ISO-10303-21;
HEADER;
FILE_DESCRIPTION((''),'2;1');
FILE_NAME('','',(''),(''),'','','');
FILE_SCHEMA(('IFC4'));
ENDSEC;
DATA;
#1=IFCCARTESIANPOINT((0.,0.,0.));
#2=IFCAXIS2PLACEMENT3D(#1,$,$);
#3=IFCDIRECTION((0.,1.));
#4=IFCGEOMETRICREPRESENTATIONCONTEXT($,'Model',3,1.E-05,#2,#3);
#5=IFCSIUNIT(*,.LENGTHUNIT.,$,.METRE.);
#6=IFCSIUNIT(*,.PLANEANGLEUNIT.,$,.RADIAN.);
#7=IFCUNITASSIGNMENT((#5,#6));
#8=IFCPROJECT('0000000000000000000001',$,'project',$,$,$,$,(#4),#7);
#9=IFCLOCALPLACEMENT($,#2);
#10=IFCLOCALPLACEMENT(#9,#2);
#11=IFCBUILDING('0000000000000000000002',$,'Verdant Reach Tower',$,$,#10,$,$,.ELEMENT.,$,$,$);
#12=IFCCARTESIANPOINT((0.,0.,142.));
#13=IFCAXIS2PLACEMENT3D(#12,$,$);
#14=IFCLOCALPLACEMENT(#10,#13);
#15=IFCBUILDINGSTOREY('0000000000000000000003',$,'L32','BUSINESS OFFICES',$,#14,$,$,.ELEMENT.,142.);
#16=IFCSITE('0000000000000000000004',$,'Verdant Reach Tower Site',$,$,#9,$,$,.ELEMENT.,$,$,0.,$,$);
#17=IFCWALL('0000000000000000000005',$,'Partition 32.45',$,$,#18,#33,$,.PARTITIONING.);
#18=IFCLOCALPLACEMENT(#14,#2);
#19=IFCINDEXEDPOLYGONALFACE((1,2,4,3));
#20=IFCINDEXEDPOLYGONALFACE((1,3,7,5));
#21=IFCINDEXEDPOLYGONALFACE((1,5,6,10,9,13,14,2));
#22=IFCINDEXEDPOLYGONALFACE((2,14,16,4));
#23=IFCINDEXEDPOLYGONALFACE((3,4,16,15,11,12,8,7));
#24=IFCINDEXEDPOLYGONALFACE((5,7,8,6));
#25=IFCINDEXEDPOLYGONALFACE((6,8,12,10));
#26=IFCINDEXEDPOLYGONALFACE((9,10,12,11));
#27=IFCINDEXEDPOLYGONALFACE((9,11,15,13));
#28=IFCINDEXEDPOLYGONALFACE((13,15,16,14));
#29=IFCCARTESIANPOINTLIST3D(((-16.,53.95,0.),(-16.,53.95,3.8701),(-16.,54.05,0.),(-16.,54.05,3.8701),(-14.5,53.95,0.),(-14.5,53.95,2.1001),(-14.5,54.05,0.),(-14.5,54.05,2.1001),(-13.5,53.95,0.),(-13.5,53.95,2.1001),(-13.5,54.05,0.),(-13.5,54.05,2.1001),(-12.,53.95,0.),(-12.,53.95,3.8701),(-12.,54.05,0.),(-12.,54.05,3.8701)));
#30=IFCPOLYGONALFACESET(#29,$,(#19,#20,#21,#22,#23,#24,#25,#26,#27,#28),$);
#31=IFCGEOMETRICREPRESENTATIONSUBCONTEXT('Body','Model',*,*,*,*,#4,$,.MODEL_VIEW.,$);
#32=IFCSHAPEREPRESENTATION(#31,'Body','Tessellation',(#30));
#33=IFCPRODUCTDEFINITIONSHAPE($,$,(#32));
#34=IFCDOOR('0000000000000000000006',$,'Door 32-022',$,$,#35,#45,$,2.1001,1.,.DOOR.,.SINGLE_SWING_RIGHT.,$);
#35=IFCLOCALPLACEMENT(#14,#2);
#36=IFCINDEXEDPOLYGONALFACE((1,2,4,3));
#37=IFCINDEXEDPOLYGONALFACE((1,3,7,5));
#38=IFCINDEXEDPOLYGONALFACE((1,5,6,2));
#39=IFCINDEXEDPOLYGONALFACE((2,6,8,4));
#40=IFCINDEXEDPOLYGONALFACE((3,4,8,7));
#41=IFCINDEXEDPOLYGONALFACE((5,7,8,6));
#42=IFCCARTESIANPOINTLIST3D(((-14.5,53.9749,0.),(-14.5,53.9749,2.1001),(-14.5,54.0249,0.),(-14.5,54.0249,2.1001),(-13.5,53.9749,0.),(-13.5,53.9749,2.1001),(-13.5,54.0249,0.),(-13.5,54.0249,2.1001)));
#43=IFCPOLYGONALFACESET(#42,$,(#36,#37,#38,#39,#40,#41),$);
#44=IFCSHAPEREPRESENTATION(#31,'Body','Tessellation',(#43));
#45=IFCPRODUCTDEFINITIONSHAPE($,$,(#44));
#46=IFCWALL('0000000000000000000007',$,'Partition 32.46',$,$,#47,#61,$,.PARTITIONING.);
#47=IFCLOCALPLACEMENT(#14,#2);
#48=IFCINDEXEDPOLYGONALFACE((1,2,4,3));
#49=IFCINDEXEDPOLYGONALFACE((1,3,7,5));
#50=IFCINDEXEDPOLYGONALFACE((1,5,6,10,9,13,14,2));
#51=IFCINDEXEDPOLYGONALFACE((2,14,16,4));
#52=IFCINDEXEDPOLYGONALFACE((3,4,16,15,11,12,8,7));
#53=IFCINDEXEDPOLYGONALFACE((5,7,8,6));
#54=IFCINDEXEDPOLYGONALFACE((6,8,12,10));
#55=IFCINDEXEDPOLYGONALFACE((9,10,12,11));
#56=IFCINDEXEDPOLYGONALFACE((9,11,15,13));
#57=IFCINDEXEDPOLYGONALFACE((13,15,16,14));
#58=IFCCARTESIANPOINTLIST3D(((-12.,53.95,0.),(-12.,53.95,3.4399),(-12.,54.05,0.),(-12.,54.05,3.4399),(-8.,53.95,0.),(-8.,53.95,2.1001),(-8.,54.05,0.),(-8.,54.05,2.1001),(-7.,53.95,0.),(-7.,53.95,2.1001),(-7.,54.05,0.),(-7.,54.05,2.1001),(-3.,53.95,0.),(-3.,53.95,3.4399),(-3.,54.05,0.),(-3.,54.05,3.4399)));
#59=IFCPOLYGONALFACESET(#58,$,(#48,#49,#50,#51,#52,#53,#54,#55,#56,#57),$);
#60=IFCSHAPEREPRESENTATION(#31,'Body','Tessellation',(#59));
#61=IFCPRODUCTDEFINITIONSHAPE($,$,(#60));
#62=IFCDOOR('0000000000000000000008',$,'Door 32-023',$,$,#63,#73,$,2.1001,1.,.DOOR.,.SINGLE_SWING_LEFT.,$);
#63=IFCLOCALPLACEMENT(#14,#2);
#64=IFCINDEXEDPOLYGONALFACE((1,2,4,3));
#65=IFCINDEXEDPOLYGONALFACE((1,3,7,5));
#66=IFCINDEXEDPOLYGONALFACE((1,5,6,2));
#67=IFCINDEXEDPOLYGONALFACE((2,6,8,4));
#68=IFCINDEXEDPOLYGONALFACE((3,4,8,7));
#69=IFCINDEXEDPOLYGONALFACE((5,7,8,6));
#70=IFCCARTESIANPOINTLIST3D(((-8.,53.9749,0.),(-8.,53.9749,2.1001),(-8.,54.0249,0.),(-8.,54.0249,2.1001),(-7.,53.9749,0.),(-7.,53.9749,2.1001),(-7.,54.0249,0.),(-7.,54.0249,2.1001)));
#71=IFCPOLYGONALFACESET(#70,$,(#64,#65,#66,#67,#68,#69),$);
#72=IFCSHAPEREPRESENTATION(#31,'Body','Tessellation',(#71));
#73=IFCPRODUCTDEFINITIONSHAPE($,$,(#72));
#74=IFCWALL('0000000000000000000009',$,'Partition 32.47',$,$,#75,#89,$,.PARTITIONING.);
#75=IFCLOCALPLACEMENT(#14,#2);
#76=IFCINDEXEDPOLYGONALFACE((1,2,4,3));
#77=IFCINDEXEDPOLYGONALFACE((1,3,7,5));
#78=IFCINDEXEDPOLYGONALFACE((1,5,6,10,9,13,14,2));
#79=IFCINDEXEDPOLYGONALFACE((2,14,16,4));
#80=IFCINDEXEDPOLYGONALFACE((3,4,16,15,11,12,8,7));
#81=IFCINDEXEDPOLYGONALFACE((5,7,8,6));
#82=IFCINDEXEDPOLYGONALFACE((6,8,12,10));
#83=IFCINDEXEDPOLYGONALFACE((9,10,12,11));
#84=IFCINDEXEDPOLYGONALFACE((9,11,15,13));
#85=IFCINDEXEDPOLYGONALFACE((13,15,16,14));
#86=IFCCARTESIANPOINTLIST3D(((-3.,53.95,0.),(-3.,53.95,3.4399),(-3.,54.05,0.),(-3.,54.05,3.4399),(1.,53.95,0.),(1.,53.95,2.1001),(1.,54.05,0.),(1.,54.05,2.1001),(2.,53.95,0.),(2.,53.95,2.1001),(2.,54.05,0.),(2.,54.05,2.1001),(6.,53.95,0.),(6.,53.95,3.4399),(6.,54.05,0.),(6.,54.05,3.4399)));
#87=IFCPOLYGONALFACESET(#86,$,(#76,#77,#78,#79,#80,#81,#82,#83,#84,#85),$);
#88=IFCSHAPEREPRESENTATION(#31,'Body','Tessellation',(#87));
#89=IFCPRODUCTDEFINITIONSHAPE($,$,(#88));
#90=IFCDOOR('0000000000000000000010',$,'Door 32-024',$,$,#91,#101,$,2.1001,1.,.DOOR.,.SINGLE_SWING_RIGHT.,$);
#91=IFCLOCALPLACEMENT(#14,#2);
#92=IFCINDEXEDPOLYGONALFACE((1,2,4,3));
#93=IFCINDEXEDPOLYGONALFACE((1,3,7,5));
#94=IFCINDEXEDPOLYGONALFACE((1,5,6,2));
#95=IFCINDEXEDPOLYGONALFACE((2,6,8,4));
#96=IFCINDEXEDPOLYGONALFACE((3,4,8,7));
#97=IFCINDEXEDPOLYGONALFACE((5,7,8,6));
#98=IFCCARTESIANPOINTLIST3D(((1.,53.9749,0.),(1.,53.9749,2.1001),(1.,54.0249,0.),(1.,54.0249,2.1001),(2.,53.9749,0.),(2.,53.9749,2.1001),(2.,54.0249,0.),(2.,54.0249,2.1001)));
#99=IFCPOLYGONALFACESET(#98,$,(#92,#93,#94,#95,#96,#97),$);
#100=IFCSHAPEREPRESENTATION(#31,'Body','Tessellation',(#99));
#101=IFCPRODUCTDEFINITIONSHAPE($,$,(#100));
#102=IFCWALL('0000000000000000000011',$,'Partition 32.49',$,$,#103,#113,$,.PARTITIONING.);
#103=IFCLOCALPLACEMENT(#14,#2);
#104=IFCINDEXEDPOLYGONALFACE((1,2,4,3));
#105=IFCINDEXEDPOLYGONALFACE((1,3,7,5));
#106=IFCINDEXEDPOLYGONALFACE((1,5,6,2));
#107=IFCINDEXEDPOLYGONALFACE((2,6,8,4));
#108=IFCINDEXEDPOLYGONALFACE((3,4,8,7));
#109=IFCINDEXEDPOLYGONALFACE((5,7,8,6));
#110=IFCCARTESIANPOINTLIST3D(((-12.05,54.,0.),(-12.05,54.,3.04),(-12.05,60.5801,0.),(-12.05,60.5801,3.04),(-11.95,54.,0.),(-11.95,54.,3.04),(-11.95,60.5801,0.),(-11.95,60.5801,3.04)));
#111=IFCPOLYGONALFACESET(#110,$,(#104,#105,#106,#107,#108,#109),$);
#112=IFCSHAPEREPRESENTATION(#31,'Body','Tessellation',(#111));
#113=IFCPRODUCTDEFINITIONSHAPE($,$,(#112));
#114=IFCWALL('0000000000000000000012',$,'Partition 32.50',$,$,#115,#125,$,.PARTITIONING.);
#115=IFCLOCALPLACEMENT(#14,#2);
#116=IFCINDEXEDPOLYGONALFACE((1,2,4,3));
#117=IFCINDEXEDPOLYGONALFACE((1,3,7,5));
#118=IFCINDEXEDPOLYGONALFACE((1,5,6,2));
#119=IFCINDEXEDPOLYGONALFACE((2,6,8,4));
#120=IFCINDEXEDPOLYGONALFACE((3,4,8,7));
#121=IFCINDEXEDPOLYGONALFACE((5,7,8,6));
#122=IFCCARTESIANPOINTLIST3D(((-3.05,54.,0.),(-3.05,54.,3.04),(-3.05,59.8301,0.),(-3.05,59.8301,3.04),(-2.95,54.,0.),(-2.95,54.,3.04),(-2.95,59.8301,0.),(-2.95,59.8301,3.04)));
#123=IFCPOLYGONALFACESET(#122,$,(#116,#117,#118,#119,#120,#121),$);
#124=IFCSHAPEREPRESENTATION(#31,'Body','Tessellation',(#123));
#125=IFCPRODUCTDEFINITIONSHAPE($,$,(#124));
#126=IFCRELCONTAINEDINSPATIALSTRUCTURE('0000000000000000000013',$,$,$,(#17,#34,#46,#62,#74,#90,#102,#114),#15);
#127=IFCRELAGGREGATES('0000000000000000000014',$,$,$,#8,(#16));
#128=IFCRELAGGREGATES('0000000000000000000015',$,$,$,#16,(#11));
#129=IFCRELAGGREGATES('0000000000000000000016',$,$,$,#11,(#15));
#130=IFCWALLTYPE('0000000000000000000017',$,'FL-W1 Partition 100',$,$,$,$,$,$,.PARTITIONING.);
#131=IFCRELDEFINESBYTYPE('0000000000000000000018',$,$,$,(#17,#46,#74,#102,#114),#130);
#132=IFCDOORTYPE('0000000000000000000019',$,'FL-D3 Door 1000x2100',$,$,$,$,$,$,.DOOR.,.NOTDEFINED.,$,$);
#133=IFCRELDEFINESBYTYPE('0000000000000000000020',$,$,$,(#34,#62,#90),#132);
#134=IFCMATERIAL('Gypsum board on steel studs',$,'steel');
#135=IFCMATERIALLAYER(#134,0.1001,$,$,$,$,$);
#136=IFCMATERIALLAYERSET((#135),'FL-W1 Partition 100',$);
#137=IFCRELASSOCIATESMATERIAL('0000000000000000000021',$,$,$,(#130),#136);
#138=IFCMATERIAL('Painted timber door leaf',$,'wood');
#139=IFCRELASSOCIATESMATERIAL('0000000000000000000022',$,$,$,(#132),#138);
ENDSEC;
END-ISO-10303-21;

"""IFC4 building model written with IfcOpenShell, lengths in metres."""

from ifc_helpers import new_model, si_unit, direction, frame, frame_2d, origin, place, context, subcontext, project, spatial, rectangle, extrude, material, layer, layer_set, type_object, element, fill, save


model = new_model("IFC4")

# Units and contexts
model_context = context("Model", 3, precision=1e-05, world=origin(), true_north=direction((0.0, 1.0)))
body_context = subcontext(model_context, "Body", "Model", "MODEL_VIEW")
ifc_project = project(units=[si_unit("LENGTHUNIT", "METRE"), si_unit("PLANEANGLEUNIT", "RADIAN")], contexts=[model_context])

# Site, building, storey
site_placement = place(None, origin())
site = spatial("IfcSite", under=ifc_project, at=site_placement, Name="Verdant Reach Tower Site", CompositionType="ELEMENT", RefElevation=0.0)
building_placement = place(site_placement, origin())
building = spatial("IfcBuilding", under=site, at=building_placement, Name="Verdant Reach Tower", CompositionType="ELEMENT")
storey_placement = place(building_placement, frame((0.0, 0.0, 142.0)))
storey = spatial("IfcBuildingStorey", under=building, at=storey_placement, Name="L32", Description="BUSINESS OFFICES", CompositionType="ELEMENT", Elevation=142.0)

# Shared definitions
ifc_material_1 = material(Name="Gypsum board on steel studs", Category="steel")
ifc_layer_1 = layer(ifc_material_1, 0.1001)
ifc_layer_set_1 = layer_set([ifc_layer_1], Name="FL-W1 Partition 100")
wall_type = type_object("IfcWallType", Name="FL-W1 Partition 100", PredefinedType="PARTITIONING", material=ifc_layer_set_1)

# Walls, openings, doors
wall_1_placement = place(storey_placement, frame((-16.0, 54.0, 0.0), z_axis=(0.0, 0.0, 1.0), x_axis=(1.0, 0.0, 0.0)))
wall_1 = element("IfcWall", 1, at=wall_1_placement, inside=storey, type_object=wall_type, Name="Partition 32.45", PredefinedType="PARTITIONING", context=body_context, shape_type="SweptSolid", body=[
    extrude(rectangle(XDim=4.0, YDim=0.1001, at=frame_2d((2.0, 0.0))), origin(), (0.0, 0.0, 1.0), 3.8701),
])
opening_1_placement = place(wall_1_placement, frame((1.5, 0.0, 0.0)))
opening_1 = element("IfcOpeningElement", 2, at=opening_1_placement, cuts=wall_1, PredefinedType="OPENING", context=body_context, shape_type="SweptSolid", body=[
    extrude(rectangle(XDim=1.0, YDim=2.1001, at=frame_2d((0.5, 1.05))), frame((0.0, 0.0601, 0.0), z_axis=(0.0, -1.0, 0.0), x_axis=(1.0, 0.0, 0.0)), (0.0, 0.0, 1.0), 0.1201),
])
ifc_material_2 = material(Name="Painted timber door leaf", Category="wood")
door_type = type_object("IfcDoorType", Name="FL-D3 Door 1000x2100", OperationType="NOTDEFINED", PredefinedType="DOOR", material=ifc_material_2)
door_1_placement = place(opening_1_placement, origin())
door_1 = element("IfcDoor", 3, at=door_1_placement, inside=storey, type_object=door_type, Name="Door 32-022", OperationType="SINGLE_SWING_RIGHT", OverallHeight=2.1001, OverallWidth=1.0, PredefinedType="DOOR", context=body_context, shape_type="SweptSolid", body=[
    extrude(rectangle(XDim=1.0, YDim=2.1001, at=frame_2d((0.5, 1.05))), frame((0.0, 0.0249, 0.0), z_axis=(0.0, -1.0, 0.0), x_axis=(1.0, 0.0, 0.0)), (0.0, 0.0, 1.0), 0.05),
])
fill(opening_1, door_1)
wall_2_placement = place(storey_placement, frame((-12.0, 54.0, 0.0), z_axis=(0.0, 0.0, 1.0), x_axis=(1.0, 0.0, 0.0)))
wall_2 = element("IfcWall", 4, at=wall_2_placement, inside=storey, type_object=wall_type, Name="Partition 32.46", PredefinedType="PARTITIONING", context=body_context, shape_type="SweptSolid", body=[
    extrude(rectangle(XDim=9.0, YDim=0.1001, at=frame_2d((4.5, 0.0))), origin(), (0.0, 0.0, 1.0), 3.4399),
])
opening_2_placement = place(wall_2_placement, frame((4.0, 0.0, 0.0)))
opening_2 = element("IfcOpeningElement", 5, at=opening_2_placement, cuts=wall_2, PredefinedType="OPENING", context=body_context, shape_type="SweptSolid", body=[
    extrude(rectangle(XDim=1.0, YDim=2.1001, at=frame_2d((0.5, 1.05))), frame((0.0, 0.0601, 0.0), z_axis=(0.0, -1.0, 0.0), x_axis=(1.0, 0.0, 0.0)), (0.0, 0.0, 1.0), 0.1201),
])
door_2_placement = place(opening_2_placement, origin())
door_2 = element("IfcDoor", 6, at=door_2_placement, inside=storey, type_object=door_type, Name="Door 32-023", OperationType="SINGLE_SWING_LEFT", OverallHeight=2.1001, OverallWidth=1.0, PredefinedType="DOOR", context=body_context, shape_type="SweptSolid", body=[
    extrude(rectangle(XDim=1.0, YDim=2.1001, at=frame_2d((0.5, 1.05))), frame((0.0, 0.0249, 0.0), z_axis=(0.0, -1.0, 0.0), x_axis=(1.0, 0.0, 0.0)), (0.0, 0.0, 1.0), 0.05),
])
fill(opening_2, door_2)
wall_3_placement = place(storey_placement, frame((-3.0, 54.0, 0.0), z_axis=(0.0, 0.0, 1.0), x_axis=(1.0, 0.0, 0.0)))
wall_3 = element("IfcWall", 7, at=wall_3_placement, inside=storey, type_object=wall_type, Name="Partition 32.47", PredefinedType="PARTITIONING", context=body_context, shape_type="SweptSolid", body=[
    extrude(rectangle(XDim=9.0, YDim=0.1001, at=frame_2d((4.5, 0.0))), origin(), (0.0, 0.0, 1.0), 3.4399),
])
opening_3_placement = place(wall_3_placement, frame((4.0, 0.0, 0.0)))
opening_3 = element("IfcOpeningElement", 8, at=opening_3_placement, cuts=wall_3, PredefinedType="OPENING", context=body_context, shape_type="SweptSolid", body=[
    extrude(rectangle(XDim=1.0, YDim=2.1001, at=frame_2d((0.5, 1.05))), frame((0.0, 0.0601, 0.0), z_axis=(0.0, -1.0, 0.0), x_axis=(1.0, 0.0, 0.0)), (0.0, 0.0, 1.0), 0.1201),
])
door_3_placement = place(opening_3_placement, origin())
door_3 = element("IfcDoor", 9, at=door_3_placement, inside=storey, type_object=door_type, Name="Door 32-024", OperationType="SINGLE_SWING_RIGHT", OverallHeight=2.1001, OverallWidth=1.0, PredefinedType="DOOR", context=body_context, shape_type="SweptSolid", body=[
    extrude(rectangle(XDim=1.0, YDim=2.1001, at=frame_2d((0.5, 1.05))), frame((0.0, 0.0249, 0.0), z_axis=(0.0, -1.0, 0.0), x_axis=(1.0, 0.0, 0.0)), (0.0, 0.0, 1.0), 0.05),
])
fill(opening_3, door_3)

# Walls
wall_4_placement = place(storey_placement, frame((-12.0, 54.0, 0.0), z_axis=(0.0, 0.0, 1.0), x_axis=(0.0, 1.0, 0.0)))
element("IfcWall", 10, at=wall_4_placement, inside=storey, type_object=wall_type, Name="Partition 32.49", PredefinedType="PARTITIONING", context=body_context, shape_type="SweptSolid", body=[
    extrude(rectangle(XDim=6.5801, YDim=0.1001, at=frame_2d((3.29, 0.0))), origin(), (0.0, 0.0, 1.0), 3.04),
])
wall_5_placement = place(storey_placement, frame((-3.0, 54.0, 0.0), z_axis=(0.0, 0.0, 1.0), x_axis=(0.0, 1.0, 0.0)))
element("IfcWall", 11, at=wall_5_placement, inside=storey, type_object=wall_type, Name="Partition 32.50", PredefinedType="PARTITIONING", context=body_context, shape_type="SweptSolid", body=[
    extrude(rectangle(XDim=5.8301, YDim=0.1001, at=frame_2d((2.915, 0.0))), origin(), (0.0, 0.0, 1.0), 3.04),
])

save(model, "model.ifc")
